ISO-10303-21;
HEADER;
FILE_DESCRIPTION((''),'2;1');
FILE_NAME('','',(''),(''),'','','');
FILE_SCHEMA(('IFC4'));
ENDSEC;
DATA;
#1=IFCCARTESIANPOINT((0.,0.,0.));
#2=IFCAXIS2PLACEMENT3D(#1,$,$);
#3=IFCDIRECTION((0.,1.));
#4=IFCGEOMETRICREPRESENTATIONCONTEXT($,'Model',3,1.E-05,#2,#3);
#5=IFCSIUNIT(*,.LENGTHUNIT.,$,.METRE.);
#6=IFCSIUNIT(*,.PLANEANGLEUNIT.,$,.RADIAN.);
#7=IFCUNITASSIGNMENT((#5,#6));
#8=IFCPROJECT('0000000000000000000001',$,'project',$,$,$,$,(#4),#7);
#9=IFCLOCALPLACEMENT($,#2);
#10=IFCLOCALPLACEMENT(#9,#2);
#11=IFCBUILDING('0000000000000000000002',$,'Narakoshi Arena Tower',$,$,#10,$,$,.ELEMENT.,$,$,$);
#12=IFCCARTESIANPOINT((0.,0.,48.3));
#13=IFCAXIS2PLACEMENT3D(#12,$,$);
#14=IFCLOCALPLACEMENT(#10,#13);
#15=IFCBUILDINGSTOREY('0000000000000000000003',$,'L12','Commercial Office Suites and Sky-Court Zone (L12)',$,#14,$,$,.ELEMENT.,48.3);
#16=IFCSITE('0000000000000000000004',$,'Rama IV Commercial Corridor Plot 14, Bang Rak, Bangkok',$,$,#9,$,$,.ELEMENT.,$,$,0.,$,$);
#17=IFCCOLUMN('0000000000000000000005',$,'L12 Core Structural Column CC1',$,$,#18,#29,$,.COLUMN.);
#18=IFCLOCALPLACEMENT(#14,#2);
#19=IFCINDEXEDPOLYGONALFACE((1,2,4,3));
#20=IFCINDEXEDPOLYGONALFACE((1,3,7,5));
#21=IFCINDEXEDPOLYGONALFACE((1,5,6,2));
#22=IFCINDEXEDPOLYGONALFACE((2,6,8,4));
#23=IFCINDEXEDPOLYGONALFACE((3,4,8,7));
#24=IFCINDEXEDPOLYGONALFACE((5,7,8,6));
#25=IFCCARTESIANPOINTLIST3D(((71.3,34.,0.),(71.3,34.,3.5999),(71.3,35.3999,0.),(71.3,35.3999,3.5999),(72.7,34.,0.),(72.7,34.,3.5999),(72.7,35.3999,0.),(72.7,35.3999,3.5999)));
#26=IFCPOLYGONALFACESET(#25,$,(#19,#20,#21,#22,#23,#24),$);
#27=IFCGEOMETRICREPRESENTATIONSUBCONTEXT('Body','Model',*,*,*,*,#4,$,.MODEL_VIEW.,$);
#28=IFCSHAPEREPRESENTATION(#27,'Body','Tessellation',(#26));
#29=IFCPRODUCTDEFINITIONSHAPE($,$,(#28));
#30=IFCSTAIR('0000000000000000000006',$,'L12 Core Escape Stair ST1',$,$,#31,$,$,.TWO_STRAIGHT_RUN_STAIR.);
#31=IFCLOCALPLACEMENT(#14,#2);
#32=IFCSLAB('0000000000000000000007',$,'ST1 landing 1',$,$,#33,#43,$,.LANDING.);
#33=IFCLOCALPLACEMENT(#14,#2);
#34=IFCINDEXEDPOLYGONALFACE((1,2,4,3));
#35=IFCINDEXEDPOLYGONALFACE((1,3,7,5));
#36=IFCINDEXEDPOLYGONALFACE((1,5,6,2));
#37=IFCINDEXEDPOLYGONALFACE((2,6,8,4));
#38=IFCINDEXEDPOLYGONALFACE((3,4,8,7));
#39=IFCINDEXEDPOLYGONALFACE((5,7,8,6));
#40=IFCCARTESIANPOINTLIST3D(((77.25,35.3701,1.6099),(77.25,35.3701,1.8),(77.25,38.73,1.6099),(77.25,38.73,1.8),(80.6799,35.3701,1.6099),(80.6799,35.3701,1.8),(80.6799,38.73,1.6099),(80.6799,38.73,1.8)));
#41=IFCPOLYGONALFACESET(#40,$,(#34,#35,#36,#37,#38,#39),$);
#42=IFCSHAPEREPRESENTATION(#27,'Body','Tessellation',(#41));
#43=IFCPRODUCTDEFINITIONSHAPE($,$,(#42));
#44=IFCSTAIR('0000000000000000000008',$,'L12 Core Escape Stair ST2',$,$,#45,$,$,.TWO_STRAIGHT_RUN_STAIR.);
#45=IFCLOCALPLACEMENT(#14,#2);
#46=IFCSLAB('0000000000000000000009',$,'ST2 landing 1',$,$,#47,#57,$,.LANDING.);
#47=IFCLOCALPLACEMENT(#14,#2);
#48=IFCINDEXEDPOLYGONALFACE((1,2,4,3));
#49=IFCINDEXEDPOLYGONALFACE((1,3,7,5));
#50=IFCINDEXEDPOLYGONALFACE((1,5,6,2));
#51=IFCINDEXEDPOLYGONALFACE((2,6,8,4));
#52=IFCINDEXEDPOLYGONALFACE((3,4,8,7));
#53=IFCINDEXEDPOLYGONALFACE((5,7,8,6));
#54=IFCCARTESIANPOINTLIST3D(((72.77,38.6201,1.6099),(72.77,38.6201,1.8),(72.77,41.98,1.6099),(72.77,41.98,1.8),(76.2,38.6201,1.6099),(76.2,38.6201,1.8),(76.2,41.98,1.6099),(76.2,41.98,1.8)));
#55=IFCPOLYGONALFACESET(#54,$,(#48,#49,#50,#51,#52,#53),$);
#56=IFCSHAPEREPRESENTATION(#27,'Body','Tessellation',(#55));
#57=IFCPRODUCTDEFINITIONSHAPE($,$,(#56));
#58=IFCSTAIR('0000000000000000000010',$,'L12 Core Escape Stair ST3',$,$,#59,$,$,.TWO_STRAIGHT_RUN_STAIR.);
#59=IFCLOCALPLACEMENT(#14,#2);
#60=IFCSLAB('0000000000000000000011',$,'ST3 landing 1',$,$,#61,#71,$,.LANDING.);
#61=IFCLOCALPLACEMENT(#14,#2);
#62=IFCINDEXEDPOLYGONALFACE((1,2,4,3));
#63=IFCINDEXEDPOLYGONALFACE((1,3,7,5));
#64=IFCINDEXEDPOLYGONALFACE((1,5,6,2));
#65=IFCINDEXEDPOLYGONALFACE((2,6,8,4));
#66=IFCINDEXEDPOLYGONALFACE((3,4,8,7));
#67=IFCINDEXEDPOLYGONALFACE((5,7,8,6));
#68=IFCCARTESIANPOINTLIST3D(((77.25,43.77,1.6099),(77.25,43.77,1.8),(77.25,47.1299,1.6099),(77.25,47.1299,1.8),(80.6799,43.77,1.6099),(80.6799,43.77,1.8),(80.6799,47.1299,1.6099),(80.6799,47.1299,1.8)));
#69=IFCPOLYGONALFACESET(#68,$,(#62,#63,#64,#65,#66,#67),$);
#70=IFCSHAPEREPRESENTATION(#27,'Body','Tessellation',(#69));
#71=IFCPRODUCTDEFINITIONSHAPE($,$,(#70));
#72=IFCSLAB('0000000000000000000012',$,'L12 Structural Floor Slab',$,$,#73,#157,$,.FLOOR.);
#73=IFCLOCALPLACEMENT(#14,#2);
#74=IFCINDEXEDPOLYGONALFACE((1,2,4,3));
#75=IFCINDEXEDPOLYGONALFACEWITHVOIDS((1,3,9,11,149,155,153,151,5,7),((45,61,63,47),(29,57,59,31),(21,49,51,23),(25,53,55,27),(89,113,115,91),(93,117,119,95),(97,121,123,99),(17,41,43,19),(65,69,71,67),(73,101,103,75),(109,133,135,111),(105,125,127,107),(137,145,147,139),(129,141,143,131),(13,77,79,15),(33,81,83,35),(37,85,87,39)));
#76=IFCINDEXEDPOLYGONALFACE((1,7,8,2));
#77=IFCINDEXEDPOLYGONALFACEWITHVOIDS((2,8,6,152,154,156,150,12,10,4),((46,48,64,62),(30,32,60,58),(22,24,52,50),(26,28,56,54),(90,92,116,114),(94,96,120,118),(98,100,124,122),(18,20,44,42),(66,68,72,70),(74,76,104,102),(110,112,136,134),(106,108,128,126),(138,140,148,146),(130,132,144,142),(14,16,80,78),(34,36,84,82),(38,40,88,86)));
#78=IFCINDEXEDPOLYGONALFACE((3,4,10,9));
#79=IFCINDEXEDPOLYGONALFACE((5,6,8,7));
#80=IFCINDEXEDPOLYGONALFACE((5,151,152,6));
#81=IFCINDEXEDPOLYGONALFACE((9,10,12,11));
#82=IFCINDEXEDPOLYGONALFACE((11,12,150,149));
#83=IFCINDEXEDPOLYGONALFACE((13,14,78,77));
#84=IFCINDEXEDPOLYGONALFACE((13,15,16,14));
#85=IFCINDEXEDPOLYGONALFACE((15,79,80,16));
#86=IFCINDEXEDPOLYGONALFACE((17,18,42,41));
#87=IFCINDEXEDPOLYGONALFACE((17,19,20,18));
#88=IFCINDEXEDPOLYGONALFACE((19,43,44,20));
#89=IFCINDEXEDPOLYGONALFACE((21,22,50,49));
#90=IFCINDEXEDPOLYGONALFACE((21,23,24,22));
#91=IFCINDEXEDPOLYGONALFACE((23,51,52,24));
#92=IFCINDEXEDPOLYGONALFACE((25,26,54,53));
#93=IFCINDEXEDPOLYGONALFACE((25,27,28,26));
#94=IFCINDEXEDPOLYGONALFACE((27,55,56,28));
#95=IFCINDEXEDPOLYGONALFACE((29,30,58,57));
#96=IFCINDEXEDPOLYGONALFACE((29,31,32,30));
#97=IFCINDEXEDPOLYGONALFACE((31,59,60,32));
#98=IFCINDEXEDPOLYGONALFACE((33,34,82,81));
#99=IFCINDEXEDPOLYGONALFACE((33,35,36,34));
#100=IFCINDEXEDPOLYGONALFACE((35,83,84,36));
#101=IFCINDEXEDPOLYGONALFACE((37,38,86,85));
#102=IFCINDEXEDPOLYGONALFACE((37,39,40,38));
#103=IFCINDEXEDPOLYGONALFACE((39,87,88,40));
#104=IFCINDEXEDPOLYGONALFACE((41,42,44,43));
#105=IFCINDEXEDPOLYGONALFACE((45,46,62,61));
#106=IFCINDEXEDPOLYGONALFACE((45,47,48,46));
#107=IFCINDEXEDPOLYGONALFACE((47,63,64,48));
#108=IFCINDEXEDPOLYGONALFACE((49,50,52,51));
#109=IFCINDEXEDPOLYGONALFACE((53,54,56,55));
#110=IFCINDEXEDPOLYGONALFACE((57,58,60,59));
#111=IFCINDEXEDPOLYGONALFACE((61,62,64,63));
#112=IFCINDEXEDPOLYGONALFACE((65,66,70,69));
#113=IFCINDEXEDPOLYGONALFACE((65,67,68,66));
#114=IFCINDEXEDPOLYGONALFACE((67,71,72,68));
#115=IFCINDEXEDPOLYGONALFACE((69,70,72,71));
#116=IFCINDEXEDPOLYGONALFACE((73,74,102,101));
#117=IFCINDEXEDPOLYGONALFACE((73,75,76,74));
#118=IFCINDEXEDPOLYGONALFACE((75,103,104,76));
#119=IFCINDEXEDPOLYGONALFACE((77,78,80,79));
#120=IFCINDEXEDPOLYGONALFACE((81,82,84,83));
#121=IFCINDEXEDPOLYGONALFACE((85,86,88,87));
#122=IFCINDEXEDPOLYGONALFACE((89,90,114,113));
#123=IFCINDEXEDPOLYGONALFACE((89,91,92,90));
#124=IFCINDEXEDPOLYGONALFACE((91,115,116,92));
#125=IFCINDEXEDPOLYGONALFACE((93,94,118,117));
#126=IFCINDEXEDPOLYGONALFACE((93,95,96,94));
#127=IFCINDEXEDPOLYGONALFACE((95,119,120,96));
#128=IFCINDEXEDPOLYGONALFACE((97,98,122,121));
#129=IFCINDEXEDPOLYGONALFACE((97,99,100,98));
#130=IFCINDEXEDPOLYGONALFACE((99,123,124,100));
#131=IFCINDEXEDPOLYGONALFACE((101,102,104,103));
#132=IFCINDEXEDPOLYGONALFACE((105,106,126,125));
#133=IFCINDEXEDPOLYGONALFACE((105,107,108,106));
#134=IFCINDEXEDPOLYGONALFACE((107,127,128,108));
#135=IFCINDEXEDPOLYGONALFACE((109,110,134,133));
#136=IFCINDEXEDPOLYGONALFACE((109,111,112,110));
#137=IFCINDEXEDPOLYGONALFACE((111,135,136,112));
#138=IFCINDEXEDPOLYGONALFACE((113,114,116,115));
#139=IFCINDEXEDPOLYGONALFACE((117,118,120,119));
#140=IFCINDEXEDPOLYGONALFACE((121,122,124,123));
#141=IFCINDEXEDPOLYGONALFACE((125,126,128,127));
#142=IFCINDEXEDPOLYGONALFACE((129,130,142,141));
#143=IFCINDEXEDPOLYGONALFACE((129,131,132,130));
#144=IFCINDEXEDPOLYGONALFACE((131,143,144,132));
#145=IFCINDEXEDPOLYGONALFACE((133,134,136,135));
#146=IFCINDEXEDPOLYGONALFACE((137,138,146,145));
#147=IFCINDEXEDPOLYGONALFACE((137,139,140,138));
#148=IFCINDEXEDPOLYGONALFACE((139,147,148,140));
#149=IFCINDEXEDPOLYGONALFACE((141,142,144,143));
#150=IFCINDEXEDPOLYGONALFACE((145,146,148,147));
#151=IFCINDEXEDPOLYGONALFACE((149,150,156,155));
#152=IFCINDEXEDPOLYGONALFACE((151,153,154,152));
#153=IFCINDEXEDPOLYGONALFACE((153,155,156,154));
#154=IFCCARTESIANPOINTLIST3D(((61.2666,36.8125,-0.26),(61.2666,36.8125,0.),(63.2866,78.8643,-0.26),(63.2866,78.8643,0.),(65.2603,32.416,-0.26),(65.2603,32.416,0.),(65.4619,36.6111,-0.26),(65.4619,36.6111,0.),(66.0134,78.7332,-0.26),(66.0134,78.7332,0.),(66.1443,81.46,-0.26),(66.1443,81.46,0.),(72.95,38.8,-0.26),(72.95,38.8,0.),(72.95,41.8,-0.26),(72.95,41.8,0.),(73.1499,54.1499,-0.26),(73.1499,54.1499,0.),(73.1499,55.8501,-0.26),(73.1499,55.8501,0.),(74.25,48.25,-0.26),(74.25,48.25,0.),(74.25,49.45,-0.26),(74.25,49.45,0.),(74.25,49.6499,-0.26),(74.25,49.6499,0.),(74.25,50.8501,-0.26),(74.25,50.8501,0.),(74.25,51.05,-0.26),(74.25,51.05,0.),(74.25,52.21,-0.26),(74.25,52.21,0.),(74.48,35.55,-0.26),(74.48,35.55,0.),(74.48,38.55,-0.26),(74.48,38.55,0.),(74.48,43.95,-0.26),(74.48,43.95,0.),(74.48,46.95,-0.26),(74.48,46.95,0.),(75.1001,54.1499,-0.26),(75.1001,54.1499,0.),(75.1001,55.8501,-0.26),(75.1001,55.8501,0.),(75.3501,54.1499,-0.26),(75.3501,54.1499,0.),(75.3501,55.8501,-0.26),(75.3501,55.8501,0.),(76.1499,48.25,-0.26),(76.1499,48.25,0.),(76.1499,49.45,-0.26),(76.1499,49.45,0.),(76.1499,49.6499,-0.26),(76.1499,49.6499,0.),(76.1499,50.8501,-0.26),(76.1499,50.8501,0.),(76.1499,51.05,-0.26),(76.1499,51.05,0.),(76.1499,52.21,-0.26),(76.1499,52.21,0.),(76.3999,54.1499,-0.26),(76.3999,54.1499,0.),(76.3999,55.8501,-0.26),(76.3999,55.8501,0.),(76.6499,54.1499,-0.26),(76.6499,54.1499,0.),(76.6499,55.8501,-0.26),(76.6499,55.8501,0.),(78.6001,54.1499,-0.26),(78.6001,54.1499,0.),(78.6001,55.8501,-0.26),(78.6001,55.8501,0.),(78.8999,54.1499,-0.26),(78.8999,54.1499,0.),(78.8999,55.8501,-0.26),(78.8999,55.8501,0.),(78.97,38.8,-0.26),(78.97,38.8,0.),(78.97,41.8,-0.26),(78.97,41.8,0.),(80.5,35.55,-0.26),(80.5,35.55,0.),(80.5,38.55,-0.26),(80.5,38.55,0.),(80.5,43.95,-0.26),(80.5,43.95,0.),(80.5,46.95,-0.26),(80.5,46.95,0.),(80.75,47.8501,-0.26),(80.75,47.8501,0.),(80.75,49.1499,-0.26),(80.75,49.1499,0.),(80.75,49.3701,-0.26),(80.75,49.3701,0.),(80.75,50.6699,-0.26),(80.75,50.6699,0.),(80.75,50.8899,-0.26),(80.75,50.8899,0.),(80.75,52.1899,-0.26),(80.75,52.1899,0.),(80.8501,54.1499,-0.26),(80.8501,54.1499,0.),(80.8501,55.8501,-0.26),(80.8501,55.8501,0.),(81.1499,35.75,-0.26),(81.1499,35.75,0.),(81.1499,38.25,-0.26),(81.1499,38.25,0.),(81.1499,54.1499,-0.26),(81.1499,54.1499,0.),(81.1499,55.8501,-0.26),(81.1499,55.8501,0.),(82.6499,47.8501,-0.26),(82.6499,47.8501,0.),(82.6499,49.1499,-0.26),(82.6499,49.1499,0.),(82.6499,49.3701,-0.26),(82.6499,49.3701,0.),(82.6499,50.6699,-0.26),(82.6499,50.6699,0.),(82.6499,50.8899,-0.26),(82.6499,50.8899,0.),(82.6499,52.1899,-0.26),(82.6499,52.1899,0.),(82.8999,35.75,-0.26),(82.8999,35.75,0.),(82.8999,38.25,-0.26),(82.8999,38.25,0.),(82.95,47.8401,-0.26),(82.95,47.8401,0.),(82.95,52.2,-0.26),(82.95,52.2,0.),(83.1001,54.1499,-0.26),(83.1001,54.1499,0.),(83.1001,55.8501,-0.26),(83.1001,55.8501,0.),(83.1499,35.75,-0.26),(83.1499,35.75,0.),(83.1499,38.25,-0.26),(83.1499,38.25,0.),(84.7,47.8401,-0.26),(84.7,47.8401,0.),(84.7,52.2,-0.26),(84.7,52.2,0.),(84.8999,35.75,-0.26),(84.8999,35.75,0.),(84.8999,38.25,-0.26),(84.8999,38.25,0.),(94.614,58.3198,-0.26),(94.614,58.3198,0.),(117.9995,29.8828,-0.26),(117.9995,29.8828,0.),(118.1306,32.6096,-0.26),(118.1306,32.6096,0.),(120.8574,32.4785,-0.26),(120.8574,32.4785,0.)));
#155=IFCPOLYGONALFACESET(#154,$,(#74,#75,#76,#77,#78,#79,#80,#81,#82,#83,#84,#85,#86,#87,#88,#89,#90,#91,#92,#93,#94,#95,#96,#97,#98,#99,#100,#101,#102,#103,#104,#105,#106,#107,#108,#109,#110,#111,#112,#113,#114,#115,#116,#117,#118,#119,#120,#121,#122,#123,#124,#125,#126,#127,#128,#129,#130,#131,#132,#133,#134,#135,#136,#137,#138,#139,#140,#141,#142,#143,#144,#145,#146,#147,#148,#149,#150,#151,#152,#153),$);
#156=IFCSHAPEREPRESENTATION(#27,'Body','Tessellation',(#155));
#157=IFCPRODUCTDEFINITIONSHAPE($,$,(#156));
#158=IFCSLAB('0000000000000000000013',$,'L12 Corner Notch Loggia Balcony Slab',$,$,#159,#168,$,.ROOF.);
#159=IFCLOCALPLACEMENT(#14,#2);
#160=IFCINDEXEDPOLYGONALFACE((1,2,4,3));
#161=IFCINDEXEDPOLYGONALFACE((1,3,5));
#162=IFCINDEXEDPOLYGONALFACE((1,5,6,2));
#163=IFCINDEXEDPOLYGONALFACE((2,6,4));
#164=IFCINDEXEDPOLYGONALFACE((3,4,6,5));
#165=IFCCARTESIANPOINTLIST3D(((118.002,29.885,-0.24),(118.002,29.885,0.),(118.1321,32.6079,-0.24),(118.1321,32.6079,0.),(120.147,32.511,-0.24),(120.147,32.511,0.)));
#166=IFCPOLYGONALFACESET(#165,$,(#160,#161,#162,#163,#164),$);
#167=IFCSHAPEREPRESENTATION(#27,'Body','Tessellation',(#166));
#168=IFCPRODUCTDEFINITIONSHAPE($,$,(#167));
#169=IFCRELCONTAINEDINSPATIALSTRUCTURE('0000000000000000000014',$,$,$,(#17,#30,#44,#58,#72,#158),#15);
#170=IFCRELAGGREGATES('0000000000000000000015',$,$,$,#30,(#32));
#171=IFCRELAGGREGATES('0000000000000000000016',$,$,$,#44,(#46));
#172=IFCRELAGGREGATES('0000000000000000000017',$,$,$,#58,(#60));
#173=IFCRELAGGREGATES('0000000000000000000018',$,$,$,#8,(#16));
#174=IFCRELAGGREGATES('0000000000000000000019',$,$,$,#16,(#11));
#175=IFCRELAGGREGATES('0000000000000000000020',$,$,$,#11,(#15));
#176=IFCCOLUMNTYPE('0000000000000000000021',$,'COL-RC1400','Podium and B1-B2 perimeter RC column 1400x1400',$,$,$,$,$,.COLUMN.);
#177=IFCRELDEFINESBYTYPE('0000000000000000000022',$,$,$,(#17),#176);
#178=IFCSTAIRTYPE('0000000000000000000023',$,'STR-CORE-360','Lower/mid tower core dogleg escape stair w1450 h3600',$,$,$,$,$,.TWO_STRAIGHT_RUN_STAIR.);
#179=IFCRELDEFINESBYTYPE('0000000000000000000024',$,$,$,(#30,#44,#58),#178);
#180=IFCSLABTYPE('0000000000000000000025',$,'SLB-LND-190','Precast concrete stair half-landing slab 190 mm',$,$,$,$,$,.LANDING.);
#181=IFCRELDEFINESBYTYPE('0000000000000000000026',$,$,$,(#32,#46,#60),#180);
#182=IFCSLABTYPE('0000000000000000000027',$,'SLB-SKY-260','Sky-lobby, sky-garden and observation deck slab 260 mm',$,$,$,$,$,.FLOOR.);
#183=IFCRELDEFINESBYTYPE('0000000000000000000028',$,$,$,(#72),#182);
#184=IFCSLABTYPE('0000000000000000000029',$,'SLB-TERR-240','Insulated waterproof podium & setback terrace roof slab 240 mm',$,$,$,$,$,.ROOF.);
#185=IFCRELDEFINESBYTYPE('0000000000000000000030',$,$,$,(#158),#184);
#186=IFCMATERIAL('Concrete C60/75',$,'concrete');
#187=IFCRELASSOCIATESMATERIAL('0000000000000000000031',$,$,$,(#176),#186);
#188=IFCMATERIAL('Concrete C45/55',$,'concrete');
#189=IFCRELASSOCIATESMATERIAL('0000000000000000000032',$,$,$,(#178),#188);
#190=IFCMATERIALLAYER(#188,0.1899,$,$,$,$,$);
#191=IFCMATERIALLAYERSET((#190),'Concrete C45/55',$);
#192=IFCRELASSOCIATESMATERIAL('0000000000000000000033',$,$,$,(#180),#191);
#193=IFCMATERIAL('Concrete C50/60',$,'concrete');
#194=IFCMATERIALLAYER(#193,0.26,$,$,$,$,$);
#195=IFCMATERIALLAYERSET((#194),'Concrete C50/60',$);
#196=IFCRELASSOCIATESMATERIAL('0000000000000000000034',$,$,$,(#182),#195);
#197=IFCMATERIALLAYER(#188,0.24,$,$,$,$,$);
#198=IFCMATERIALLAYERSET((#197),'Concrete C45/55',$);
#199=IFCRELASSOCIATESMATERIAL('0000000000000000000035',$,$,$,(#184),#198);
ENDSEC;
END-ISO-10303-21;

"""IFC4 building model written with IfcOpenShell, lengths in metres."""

from ifc_helpers import new_model, si_unit, direction, frame, origin, origin_2d, place, context, subcontext, project, spatial, polyline, rectangle, outline, extrude, material, layer, layer_set, material_profile, profile_set, type_object, element, aggregate, save


model = new_model("IFC4")

# Units and contexts
model_context = context("Model", 3, precision=1e-05, world=origin(), true_north=direction((0.0, 1.0)))
body_context = subcontext(model_context, "Body", "Model", "MODEL_VIEW")
ifc_project = project(units=[si_unit("LENGTHUNIT", "METRE"), si_unit("PLANEANGLEUNIT", "RADIAN")], contexts=[model_context])

# Site, building, storey
site_placement = place(None, origin())
site = spatial("IfcSite", under=ifc_project, at=site_placement, Name="Rama IV Commercial Corridor Plot 14, Bang Rak, Bangkok", CompositionType="ELEMENT", RefElevation=0.0)
building_placement = place(site_placement, origin())
building = spatial("IfcBuilding", under=site, at=building_placement, Name="Narakoshi Arena Tower", CompositionType="ELEMENT")
storey_placement = place(building_placement, frame((0.0, 0.0, 48.3)))
storey = spatial("IfcBuildingStorey", under=building, at=storey_placement, Name="L12", Description="Commercial Office Suites and Sky-Court Zone (L12)", CompositionType="ELEMENT", Elevation=48.3)

# Column
ifc_material_1 = material(Name="Concrete C60/75", Category="concrete")
ifc_material_profile = material_profile(ifc_material_1, rectangle(XDim=1.3999, YDim=1.3999, at=origin_2d()), Name="RC1400x1400")
ifc_profile_set = profile_set([ifc_material_profile], Name="Concrete C60/75")
column_type = type_object("IfcColumnType", Name="COL-RC1400", Description="Podium and B1-B2 perimeter RC column 1400x1400", PredefinedType="COLUMN", material=ifc_profile_set)
column_placement = place(storey_placement, frame((72.0, 34.7, 0.0), z_axis=(0.0, 0.0, 1.0), x_axis=(1.0, 0.0, 0.0)))
element("IfcColumn", 1, at=column_placement, inside=storey, type_object=column_type, Name="L12 Core Structural Column CC1", PredefinedType="COLUMN", context=body_context, shape_type="SweptSolid", body=[
    extrude(rectangle(XDim=1.3999, YDim=1.3999, at=origin_2d()), origin(), (0.0, 0.0, 1.0), 3.5999),
])

# Stairs, slabs
ifc_material_2 = material(Name="Concrete C45/55", Category="concrete")
stair_type = type_object("IfcStairType", Name="STR-CORE-360", Description="Lower/mid tower core dogleg escape stair w1450 h3600", PredefinedType="TWO_STRAIGHT_RUN_STAIR", material=ifc_material_2)
stair_1_placement = place(storey_placement, origin())
stair_1 = element("IfcStair", 2, at=stair_1_placement, inside=storey, type_object=stair_type, Name="L12 Core Escape Stair ST1", PredefinedType="TWO_STRAIGHT_RUN_STAIR")
ifc_layer_1 = layer(ifc_material_2, 0.1899)
ifc_layer_set_1 = layer_set([ifc_layer_1], Name="Concrete C45/55")
slab_type_1 = type_object("IfcSlabType", Name="SLB-LND-190", Description="Precast concrete stair half-landing slab 190 mm", PredefinedType="LANDING", material=ifc_layer_set_1)
slab_1_placement = place(storey_placement, frame((0.0, 0.0, 1.6099)))
slab_1 = element("IfcSlab", 3, at=slab_1_placement, type_object=slab_type_1, Name="ST1 landing 1", PredefinedType="LANDING", context=body_context, shape_type="SweptSolid", body=[
    extrude(outline(polyline([(77.25, 35.3701), (80.6799, 35.3701), (80.6799, 38.73), (77.25, 38.73), (77.25, 35.3701)])), origin(), (0.0, 0.0, 1.0), 0.1902),
])
aggregate(stair_1, [slab_1])
stair_2_placement = place(storey_placement, origin())
stair_2 = element("IfcStair", 4, at=stair_2_placement, inside=storey, type_object=stair_type, Name="L12 Core Escape Stair ST2", PredefinedType="TWO_STRAIGHT_RUN_STAIR")
slab_2_placement = place(storey_placement, frame((0.0, 0.0, 1.6099)))
slab_2 = element("IfcSlab", 5, at=slab_2_placement, type_object=slab_type_1, Name="ST2 landing 1", PredefinedType="LANDING", context=body_context, shape_type="SweptSolid", body=[
    extrude(outline(polyline([(72.77, 38.6201), (76.2, 38.6201), (76.2, 41.98), (72.77, 41.98), (72.77, 38.6201)])), origin(), (0.0, 0.0, 1.0), 0.1902),
])
aggregate(stair_2, [slab_2])
stair_3_placement = place(storey_placement, origin())
stair_3 = element("IfcStair", 6, at=stair_3_placement, inside=storey, type_object=stair_type, Name="L12 Core Escape Stair ST3", PredefinedType="TWO_STRAIGHT_RUN_STAIR")
slab_3_placement = place(storey_placement, frame((0.0, 0.0, 1.6099)))
slab_3 = element("IfcSlab", 7, at=slab_3_placement, type_object=slab_type_1, Name="ST3 landing 1", PredefinedType="LANDING", context=body_context, shape_type="SweptSolid", body=[
    extrude(outline(polyline([(77.25, 43.77), (80.6799, 43.77), (80.6799, 47.1299), (77.25, 47.1299), (77.25, 43.77)])), origin(), (0.0, 0.0, 1.0), 0.1902),
])
aggregate(stair_3, [slab_3])

# Slabs
ifc_material_3 = material(Name="Concrete C50/60", Category="concrete")
ifc_layer_2 = layer(ifc_material_3, 0.26)
ifc_layer_set_2 = layer_set([ifc_layer_2], Name="Concrete C50/60")
slab_type_2 = type_object("IfcSlabType", Name="SLB-SKY-260", Description="Sky-lobby, sky-garden and observation deck slab 260 mm", PredefinedType="FLOOR", material=ifc_layer_set_2)
slab_4_placement = place(storey_placement, frame((0.0, 0.0, -0.26)))
element("IfcSlab", 8, at=slab_4_placement, inside=storey, type_object=slab_type_2, Name="L12 Structural Floor Slab", PredefinedType="FLOOR", context=body_context, shape_type="SweptSolid", body=[
    extrude(outline(polyline([(65.2603, 32.416), (117.9995, 29.8828), (118.1306, 32.6096), (120.8574, 32.4785), (94.614, 58.3198), (66.1443, 81.46), (66.0134, 78.7332), (63.2866, 78.8643), (61.2666, 36.8125), (65.4619, 36.6111), (65.2603, 32.416)]), holes=[polyline([(74.48, 35.55), (74.48, 38.55), (80.5, 38.55), (80.5, 35.55), (74.48, 35.55)]), polyline([(81.1499, 35.75), (81.1499, 38.25), (82.8999, 38.25), (82.8999, 35.75), (81.1499, 35.75)]), polyline([(83.1499, 35.75), (83.1499, 38.25), (84.8999, 38.25), (84.8999, 35.75), (83.1499, 35.75)]), polyline([(72.95, 38.8), (72.95, 41.8), (78.97, 41.8), (78.97, 38.8), (72.95, 38.8)]), polyline([(74.48, 43.95), (74.48, 46.95), (80.5, 46.95), (80.5, 43.95), (74.48, 43.95)]), polyline([(82.95, 47.8401), (82.95, 52.2), (84.7, 52.2), (84.7, 47.8401), (82.95, 47.8401)]), polyline([(80.75, 47.8501), (80.75, 49.1499), (82.6499, 49.1499), (82.6499, 47.8501), (80.75, 47.8501)]), polyline([(74.25, 48.25), (74.25, 49.45), (76.1499, 49.45), (76.1499, 48.25), (74.25, 48.25)]), polyline([(80.75, 49.3701), (80.75, 50.6699), (82.6499, 50.6699), (82.6499, 49.3701), (80.75, 49.3701)]), polyline([(74.25, 49.6499), (74.25, 50.8501), (76.1499, 50.8501), (76.1499, 49.6499), (74.25, 49.6499)]), polyline([(80.75, 50.8899), (80.75, 52.1899), (82.6499, 52.1899), (82.6499, 50.8899), (80.75, 50.8899)]), polyline([(74.25, 51.05), (74.25, 52.21), (76.1499, 52.21), (76.1499, 51.05), (74.25, 51.05)]), polyline([(73.1499, 54.1499), (73.1499, 55.8501), (75.1001, 55.8501), (75.1001, 54.1499), (73.1499, 54.1499)]), polyline([(75.3501, 54.1499), (75.3501, 55.8501), (76.3999, 55.8501), (76.3999, 54.1499), (75.3501, 54.1499)]), polyline([(76.6499, 54.1499), (76.6499, 55.8501), (78.6001, 55.8501), (78.6001, 54.1499), (76.6499, 54.1499)]), polyline([(78.8999, 55.8501), (80.8501, 55.8501), (80.8501, 54.1499), (78.8999, 54.1499), (78.8999, 55.8501)]), polyline([(81.1499, 55.8501), (83.1001, 55.8501), (83.1001, 54.1499), (81.1499, 54.1499), (81.1499, 55.8501)])]), origin(), (0.0, 0.0, 1.0), 0.26),
])
ifc_layer_3 = layer(ifc_material_2, 0.24)
ifc_layer_set_3 = layer_set([ifc_layer_3], Name="Concrete C45/55")
slab_type_3 = type_object("IfcSlabType", Name="SLB-TERR-240", Description="Insulated waterproof podium & setback terrace roof slab 240 mm", PredefinedType="ROOF", material=ifc_layer_set_3)
slab_5_placement = place(storey_placement, frame((0.0, 0.0, -0.24)))
element("IfcSlab", 9, at=slab_5_placement, inside=storey, type_object=slab_type_3, Name="L12 Corner Notch Loggia Balcony Slab", PredefinedType="ROOF", context=body_context, shape_type="SweptSolid", body=[
    extrude(outline(polyline([(120.147, 32.511), (118.1321, 32.6079), (118.002, 29.885), (120.147, 32.511)])), origin(), (0.0, 0.0, 1.0), 0.24),
])

save(model, "model.ifc")
